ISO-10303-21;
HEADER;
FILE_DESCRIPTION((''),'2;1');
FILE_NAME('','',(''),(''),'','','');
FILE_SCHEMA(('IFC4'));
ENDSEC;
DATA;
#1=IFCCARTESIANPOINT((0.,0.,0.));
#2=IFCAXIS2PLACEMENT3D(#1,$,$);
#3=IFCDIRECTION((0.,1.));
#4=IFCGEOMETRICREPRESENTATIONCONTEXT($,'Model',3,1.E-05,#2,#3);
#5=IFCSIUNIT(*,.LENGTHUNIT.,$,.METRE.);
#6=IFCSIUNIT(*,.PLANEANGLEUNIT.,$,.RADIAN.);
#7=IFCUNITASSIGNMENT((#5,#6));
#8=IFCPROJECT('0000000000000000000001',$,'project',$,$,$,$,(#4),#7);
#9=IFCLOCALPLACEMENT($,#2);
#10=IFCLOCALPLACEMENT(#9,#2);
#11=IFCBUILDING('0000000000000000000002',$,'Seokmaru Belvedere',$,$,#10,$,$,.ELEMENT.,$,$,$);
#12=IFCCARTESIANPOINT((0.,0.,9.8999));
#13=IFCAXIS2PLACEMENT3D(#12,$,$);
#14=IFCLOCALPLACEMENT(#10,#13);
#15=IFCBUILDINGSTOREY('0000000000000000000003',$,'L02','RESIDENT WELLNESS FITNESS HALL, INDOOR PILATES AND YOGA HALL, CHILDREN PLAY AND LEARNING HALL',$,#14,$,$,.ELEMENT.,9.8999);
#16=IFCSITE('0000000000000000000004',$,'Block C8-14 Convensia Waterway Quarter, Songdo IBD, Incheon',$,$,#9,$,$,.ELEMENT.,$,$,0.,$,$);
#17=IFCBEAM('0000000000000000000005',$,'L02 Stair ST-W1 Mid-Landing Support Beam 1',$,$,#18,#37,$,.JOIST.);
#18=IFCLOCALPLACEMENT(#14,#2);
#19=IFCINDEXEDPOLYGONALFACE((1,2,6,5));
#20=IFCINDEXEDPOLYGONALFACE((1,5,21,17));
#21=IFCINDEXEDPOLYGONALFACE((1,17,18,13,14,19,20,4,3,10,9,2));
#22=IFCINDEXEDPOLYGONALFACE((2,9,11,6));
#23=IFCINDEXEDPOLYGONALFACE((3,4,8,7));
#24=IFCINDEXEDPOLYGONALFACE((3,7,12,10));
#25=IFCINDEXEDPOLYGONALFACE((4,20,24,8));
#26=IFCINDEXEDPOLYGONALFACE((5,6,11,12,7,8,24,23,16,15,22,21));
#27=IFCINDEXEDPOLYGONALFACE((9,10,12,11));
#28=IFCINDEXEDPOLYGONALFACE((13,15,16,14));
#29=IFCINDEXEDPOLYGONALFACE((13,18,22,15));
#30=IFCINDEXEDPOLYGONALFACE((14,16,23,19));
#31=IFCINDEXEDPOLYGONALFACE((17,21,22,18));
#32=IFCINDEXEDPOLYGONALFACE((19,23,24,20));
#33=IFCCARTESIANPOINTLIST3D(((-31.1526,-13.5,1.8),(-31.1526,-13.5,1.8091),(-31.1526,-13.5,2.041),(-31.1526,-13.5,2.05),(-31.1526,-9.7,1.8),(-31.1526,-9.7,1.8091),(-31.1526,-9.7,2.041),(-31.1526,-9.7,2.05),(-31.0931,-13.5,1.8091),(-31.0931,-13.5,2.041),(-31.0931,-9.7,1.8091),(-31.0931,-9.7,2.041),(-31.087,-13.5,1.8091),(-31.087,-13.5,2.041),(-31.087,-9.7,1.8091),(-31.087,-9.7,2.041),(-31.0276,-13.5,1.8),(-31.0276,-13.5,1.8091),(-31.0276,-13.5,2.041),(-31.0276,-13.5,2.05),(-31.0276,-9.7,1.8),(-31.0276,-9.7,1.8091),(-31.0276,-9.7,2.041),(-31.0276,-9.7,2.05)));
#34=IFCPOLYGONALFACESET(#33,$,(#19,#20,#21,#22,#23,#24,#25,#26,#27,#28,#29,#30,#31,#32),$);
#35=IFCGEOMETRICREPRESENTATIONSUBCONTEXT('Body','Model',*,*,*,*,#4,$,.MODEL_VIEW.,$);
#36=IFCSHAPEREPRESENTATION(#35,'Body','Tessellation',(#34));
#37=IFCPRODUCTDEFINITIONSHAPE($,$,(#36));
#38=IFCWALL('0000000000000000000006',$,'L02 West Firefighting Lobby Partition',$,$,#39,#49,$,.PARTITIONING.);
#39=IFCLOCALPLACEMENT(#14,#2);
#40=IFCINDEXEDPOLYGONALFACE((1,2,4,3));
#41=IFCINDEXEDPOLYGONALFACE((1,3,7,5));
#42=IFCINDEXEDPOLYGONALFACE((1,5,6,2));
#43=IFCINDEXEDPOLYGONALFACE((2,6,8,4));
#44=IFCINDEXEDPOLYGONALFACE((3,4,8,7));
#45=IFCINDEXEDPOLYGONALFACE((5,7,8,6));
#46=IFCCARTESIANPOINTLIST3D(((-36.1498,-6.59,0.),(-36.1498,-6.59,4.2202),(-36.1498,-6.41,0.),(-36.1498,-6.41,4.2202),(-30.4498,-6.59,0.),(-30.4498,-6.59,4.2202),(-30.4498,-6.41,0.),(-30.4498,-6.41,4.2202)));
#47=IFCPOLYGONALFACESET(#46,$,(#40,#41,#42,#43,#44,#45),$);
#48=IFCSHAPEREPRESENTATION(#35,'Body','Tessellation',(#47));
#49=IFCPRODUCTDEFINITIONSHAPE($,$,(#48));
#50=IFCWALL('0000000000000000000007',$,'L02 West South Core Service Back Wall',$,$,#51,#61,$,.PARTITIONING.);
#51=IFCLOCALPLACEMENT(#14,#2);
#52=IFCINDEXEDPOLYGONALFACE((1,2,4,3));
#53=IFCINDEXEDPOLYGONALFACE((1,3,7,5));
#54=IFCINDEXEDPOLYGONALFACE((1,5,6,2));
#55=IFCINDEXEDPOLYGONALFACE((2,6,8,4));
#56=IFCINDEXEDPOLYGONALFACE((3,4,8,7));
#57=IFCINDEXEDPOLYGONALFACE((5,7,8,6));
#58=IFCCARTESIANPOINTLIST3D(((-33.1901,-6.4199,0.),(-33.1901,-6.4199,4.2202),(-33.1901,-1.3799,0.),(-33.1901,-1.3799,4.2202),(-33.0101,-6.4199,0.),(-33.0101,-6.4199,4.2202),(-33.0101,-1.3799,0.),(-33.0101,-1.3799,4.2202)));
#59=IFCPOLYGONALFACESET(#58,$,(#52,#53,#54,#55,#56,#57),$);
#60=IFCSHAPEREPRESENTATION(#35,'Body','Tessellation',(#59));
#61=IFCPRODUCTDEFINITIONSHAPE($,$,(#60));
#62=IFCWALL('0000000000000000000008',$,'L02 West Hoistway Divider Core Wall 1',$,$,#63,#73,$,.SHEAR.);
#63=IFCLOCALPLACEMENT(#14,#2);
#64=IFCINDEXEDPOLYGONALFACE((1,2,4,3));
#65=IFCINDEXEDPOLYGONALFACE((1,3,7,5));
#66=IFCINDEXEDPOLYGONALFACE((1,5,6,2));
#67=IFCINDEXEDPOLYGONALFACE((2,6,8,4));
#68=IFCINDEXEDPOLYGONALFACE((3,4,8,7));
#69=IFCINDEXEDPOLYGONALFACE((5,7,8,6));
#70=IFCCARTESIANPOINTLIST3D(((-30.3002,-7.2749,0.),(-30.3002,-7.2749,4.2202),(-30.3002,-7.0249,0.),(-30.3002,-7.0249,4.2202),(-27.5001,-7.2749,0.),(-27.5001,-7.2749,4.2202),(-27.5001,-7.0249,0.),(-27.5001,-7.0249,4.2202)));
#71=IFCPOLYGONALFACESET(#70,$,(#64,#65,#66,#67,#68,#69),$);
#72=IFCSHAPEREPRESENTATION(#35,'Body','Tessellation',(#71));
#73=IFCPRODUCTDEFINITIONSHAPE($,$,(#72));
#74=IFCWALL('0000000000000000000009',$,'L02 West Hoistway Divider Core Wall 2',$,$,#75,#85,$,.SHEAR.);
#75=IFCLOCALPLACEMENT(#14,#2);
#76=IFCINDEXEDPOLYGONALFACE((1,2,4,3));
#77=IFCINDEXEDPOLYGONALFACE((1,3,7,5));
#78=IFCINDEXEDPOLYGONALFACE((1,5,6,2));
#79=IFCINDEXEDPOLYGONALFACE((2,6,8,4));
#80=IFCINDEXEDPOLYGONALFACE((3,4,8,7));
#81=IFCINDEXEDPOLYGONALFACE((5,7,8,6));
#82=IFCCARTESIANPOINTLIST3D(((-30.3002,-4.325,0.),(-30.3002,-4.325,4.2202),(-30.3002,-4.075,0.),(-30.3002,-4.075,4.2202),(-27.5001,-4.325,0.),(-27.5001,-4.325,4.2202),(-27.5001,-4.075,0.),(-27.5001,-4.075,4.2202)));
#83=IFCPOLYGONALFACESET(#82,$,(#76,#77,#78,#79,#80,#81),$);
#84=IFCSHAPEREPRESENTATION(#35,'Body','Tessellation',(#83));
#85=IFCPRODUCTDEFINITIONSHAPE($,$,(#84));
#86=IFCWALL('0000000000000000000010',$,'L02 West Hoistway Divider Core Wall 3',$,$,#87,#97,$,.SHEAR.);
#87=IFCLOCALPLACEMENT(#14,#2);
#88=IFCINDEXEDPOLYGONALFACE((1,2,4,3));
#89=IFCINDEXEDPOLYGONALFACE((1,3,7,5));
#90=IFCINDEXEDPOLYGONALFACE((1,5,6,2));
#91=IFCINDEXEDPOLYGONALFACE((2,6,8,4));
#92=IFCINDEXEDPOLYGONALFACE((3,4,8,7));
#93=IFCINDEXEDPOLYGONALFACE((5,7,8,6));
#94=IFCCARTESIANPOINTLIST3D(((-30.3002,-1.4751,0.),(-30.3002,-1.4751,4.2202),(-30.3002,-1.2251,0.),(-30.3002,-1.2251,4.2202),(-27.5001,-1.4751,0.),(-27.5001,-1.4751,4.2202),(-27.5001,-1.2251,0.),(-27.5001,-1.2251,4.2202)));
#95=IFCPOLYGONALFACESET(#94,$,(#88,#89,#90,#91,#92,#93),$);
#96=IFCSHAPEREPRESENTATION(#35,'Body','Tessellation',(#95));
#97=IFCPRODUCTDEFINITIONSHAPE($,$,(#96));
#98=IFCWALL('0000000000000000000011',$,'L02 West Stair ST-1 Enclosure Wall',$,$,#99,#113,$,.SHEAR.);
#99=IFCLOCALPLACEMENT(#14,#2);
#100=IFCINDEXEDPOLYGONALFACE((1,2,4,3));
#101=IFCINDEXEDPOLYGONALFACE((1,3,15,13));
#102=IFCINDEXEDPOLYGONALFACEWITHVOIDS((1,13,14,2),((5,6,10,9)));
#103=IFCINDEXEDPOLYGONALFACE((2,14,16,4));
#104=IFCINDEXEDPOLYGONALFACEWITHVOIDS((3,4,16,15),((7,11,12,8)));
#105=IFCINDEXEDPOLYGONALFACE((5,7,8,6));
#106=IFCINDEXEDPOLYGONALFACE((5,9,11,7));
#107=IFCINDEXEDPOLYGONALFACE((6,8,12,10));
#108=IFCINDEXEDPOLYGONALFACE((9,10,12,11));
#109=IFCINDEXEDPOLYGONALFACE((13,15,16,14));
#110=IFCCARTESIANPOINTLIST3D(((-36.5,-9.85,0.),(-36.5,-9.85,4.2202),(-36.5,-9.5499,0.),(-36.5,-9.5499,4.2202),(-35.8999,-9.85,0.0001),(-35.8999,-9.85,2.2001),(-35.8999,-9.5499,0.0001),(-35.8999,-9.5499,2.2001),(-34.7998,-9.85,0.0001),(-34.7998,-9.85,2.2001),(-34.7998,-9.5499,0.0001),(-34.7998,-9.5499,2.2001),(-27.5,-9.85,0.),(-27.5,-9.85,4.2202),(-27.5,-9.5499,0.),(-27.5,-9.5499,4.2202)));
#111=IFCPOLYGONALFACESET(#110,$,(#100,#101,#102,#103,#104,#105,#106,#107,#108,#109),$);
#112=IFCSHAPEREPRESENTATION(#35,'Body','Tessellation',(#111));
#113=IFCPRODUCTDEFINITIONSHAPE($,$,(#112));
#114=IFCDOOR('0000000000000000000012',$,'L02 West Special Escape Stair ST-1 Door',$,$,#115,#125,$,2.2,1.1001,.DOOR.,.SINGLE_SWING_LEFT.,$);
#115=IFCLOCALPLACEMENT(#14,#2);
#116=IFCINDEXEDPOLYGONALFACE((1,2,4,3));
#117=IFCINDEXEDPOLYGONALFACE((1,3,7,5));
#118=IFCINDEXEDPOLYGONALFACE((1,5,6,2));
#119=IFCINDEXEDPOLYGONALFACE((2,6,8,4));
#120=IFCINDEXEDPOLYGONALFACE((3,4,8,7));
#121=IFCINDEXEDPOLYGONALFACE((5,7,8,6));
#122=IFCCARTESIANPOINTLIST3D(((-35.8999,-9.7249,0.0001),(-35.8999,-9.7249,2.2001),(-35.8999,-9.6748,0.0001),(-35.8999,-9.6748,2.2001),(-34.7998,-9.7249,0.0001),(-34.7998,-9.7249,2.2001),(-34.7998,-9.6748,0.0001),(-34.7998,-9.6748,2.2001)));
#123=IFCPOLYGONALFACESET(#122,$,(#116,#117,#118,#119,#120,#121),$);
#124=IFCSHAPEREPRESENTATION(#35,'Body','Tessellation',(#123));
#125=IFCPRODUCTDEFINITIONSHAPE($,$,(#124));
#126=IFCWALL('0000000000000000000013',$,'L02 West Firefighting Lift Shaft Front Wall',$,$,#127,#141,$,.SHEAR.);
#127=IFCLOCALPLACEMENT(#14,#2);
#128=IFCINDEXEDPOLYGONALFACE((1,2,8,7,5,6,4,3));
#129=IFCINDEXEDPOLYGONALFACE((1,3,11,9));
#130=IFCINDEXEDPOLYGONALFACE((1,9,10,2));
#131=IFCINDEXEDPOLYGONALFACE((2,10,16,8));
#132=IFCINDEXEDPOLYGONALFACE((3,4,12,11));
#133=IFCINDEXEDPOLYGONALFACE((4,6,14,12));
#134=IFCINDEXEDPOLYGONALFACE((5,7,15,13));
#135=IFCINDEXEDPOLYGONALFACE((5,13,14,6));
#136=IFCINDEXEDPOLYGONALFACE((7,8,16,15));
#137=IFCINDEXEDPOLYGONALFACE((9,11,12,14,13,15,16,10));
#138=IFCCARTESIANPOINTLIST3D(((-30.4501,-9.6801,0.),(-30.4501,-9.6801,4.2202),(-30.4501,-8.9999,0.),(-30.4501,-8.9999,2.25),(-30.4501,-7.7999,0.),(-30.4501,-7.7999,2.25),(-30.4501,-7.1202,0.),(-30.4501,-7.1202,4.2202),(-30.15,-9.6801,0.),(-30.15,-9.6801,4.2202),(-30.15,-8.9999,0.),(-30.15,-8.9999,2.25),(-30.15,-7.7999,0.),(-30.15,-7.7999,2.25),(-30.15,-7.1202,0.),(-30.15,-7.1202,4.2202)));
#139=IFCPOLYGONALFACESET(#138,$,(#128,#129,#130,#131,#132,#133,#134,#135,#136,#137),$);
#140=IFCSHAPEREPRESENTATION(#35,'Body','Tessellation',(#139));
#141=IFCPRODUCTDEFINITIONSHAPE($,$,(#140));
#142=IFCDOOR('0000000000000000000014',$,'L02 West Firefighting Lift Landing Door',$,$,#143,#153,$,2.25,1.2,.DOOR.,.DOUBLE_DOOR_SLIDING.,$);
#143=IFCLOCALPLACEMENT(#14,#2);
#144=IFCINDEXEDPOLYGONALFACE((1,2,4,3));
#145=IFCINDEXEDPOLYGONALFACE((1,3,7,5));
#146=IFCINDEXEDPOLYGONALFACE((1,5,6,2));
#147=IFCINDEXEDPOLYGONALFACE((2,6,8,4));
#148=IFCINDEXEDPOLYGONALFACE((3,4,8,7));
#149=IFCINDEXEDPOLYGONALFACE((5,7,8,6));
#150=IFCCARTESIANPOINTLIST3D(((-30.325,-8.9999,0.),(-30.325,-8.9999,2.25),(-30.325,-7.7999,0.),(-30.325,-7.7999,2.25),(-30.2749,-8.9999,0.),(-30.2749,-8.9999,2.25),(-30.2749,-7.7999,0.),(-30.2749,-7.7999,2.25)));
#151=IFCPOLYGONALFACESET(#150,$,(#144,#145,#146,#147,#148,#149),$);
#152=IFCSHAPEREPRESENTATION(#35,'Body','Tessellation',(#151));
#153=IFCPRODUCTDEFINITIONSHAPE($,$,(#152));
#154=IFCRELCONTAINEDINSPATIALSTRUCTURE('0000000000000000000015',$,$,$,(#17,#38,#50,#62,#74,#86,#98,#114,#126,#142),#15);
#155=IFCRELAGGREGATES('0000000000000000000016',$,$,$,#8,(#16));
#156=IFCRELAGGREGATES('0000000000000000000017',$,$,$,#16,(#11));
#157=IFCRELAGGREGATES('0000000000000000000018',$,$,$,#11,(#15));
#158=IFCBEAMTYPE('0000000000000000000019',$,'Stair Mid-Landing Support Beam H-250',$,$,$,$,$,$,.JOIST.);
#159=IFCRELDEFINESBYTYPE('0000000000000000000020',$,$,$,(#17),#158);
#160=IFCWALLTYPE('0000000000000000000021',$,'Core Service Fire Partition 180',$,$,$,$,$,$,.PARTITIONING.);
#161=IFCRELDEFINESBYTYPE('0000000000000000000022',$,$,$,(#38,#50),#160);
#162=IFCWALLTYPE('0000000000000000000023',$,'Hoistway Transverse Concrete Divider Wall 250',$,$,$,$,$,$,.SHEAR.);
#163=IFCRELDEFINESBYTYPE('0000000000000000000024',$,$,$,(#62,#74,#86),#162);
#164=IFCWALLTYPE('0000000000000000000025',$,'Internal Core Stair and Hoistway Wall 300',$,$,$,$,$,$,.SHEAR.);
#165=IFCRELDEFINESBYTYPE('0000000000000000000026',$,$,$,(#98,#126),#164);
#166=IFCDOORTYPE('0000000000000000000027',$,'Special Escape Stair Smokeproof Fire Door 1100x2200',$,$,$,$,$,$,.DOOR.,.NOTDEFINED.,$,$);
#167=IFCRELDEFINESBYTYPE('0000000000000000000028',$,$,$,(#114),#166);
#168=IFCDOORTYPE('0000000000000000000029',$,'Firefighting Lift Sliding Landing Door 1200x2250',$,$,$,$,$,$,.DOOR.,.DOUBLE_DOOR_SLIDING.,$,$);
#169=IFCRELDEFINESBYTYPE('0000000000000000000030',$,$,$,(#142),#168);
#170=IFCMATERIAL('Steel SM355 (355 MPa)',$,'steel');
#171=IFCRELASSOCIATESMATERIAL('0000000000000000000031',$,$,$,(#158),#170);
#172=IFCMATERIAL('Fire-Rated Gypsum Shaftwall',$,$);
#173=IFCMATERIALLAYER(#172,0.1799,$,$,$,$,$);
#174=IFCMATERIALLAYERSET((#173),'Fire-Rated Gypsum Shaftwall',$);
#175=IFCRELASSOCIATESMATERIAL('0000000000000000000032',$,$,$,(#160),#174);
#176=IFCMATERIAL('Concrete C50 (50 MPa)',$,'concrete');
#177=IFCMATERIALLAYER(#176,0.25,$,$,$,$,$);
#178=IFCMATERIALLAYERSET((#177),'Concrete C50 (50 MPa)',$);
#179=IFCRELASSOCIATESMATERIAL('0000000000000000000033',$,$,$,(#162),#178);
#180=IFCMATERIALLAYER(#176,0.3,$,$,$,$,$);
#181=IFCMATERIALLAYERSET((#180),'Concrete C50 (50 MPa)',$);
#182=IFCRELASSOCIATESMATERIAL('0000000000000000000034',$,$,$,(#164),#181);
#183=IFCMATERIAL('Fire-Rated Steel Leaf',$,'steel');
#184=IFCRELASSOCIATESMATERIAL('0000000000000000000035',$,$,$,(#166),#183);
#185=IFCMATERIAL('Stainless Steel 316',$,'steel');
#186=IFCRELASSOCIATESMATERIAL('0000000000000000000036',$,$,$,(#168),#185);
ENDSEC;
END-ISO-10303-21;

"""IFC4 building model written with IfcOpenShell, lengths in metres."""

from ifc_helpers import new_model, si_unit, direction, frame, frame_2d, origin, origin_2d, place, context, subcontext, project, spatial, rectangle, i_section, extrude, source, transform, mapped, material, layer, layer_set, material_profile, profile_set, type_object, type_shapes, element, fill, save


model = new_model("IFC4")

# Units and contexts
model_context = context("Model", 3, precision=1e-05, world=origin(), true_north=direction((0.0, 1.0)))
body_context = subcontext(model_context, "Body", "Model", "MODEL_VIEW")
ifc_project = project(units=[si_unit("LENGTHUNIT", "METRE"), si_unit("PLANEANGLEUNIT", "RADIAN")], contexts=[model_context])

# Site, building, storey
site_placement = place(None, origin())
site = spatial("IfcSite", under=ifc_project, at=site_placement, Name="Block C8-14 Convensia Waterway Quarter, Songdo IBD, Incheon", CompositionType="ELEMENT", RefElevation=0.0)
building_placement = place(site_placement, origin())
building = spatial("IfcBuilding", under=site, at=building_placement, Name="Seokmaru Belvedere", CompositionType="ELEMENT")
storey_placement = place(building_placement, frame((0.0, 0.0, 9.8999)))
storey = spatial("IfcBuildingStorey", under=building, at=storey_placement, Name="L02", Description="RESIDENT WELLNESS FITNESS HALL, INDOOR PILATES AND YOGA HALL, CHILDREN PLAY AND LEARNING HALL", CompositionType="ELEMENT", Elevation=9.8999)

# Shared definitions
ifc_material_1 = material(Name="Steel SM355 (355 MPa)", Category="steel")
ifc_material_2 = material(Name="Concrete C50 (50 MPa)", Category="concrete")

# Beam
ifc_material_profile_1 = material_profile(ifc_material_1, i_section(OverallWidth=0.125, OverallDepth=0.25, WebThickness=0.0061, FlangeThickness=0.009, at=origin_2d()), Name="H-250x125x6x9")
ifc_profile_set_1 = profile_set([ifc_material_profile_1], Name="Steel SM355 (355 MPa)")
beam_type_1 = type_object("IfcBeamType", Name="Stair Mid-Landing Support Beam H-250", PredefinedType="JOIST", material=ifc_profile_set_1)
shared_shape_1 = source(origin(), body_context, "Body", "SweptSolid", [
    extrude(i_section(OverallWidth=0.125, OverallDepth=0.25, WebThickness=0.0061, FlangeThickness=0.009, at=origin_2d()), origin(), (0.0, 0.0, 1.0), 3.8),
])
type_shapes(beam_type_1, [shared_shape_1])
beam_1_placement = place(storey_placement, frame((-31.0901, -13.5, 1.925), z_axis=(0.0, 1.0, 0.0), x_axis=(-1.0, 0.0, 0.0)))
element("IfcBeam", 1, at=beam_1_placement, inside=storey, type_object=beam_type_1, Name="L02 Stair ST-W1 Mid-Landing Support Beam 1", PredefinedType="JOIST", context=body_context, shape_type="MappedRepresentation", body=[
    mapped(shared_shape_1, transform((0.0, 0.0, 0.0), scale=1.0)),
])

# Walls
ifc_material_3 = material(Name="Fire-Rated Gypsum Shaftwall")
ifc_layer_1 = layer(ifc_material_3, 0.1799)
ifc_layer_set_1 = layer_set([ifc_layer_1], Name="Fire-Rated Gypsum Shaftwall")
wall_type_1 = type_object("IfcWallType", Name="Core Service Fire Partition 180", PredefinedType="PARTITIONING", material=ifc_layer_set_1)
wall_1_placement = place(storey_placement, frame((-36.1499, -6.5, 0.0), z_axis=(0.0, 0.0, 1.0), x_axis=(1.0, 0.0, 0.0)))
element("IfcWall", 2, at=wall_1_placement, inside=storey, type_object=wall_type_1, Name="L02 West Firefighting Lobby Partition", PredefinedType="PARTITIONING", context=body_context, shape_type="SweptSolid", body=[
    extrude(rectangle(XDim=5.7, YDim=0.1799, at=frame_2d((2.8501, 0.0))), origin(), (0.0, 0.0, 1.0), 4.2202),
])
wall_2_placement = place(storey_placement, frame((-33.1001, -6.4199, 0.0), z_axis=(0.0, 0.0, 1.0), x_axis=(0.0, 1.0, 0.0)))
element("IfcWall", 3, at=wall_2_placement, inside=storey, type_object=wall_type_1, Name="L02 West South Core Service Back Wall", PredefinedType="PARTITIONING", context=body_context, shape_type="SweptSolid", body=[
    extrude(rectangle(XDim=5.04, YDim=0.1799, at=frame_2d((2.52, 0.0))), origin(), (0.0, 0.0, 1.0), 4.2202),
])
ifc_layer_2 = layer(ifc_material_2, 0.25)
ifc_layer_set_2 = layer_set([ifc_layer_2], Name="Concrete C50 (50 MPa)")
wall_type_2 = type_object("IfcWallType", Name="Hoistway Transverse Concrete Divider Wall 250", PredefinedType="SHEAR", material=ifc_layer_set_2)
for number, where, z_axis, x_axis, name in (
    (4, (-30.3, -7.1499, 0.0), (0.0, 0.0, 1.0), (1.0, 0.0, 0.0), "L02 West Hoistway Divider Core Wall 1"),
    (5, (-30.3, -4.2, 0.0), (0.0, 0.0, 1.0), (1.0, 0.0, 0.0), "L02 West Hoistway Divider Core Wall 2"),
    (6, (-30.3, -1.3501, 0.0), (0.0, 0.0, 1.0), (1.0, 0.0, 0.0), "L02 West Hoistway Divider Core Wall 3"),
):
    element("IfcWall", number, at=place(storey_placement, frame(where, z_axis=z_axis, x_axis=x_axis)), inside=storey, type_object=wall_type_2, Name=name, PredefinedType="SHEAR", context=body_context, shape_type="SweptSolid", body=[
        extrude(rectangle(XDim=2.8, YDim=0.25, at=frame_2d((1.3999, 0.0))), origin(), (0.0, 0.0, 1.0), 4.2202),
    ])

# Walls, openings, doors
ifc_layer_3 = layer(ifc_material_2, 0.3)
ifc_layer_set_3 = layer_set([ifc_layer_3], Name="Concrete C50 (50 MPa)")
wall_type_3 = type_object("IfcWallType", Name="Internal Core Stair and Hoistway Wall 300", PredefinedType="SHEAR", material=ifc_layer_set_3)
wall_3_placement = place(storey_placement, frame((-36.5, -9.7, 0.0), z_axis=(0.0, 0.0, 1.0), x_axis=(1.0, 0.0, 0.0)))
wall_3 = element("IfcWall", 7, at=wall_3_placement, inside=storey, type_object=wall_type_3, Name="L02 West Stair ST-1 Enclosure Wall", PredefinedType="SHEAR", context=body_context, shape_type="SweptSolid", body=[
    extrude(rectangle(XDim=9.0, YDim=0.3, at=frame_2d((4.5, 0.0))), origin(), (0.0, 0.0, 1.0), 4.2202),
])
opening_1_placement = place(wall_3_placement, frame((0.6001, 0.0, 0.0)))
opening_1 = element("IfcOpeningElement", 8, at=opening_1_placement, cuts=wall_3, PredefinedType="OPENING", context=body_context, shape_type="SweptSolid", body=[
    extrude(rectangle(XDim=1.1001, YDim=2.2, at=frame_2d((0.55, 1.1001))), frame((0.0, 0.1602, 0.0), z_axis=(0.0, -1.0, 0.0), x_axis=(1.0, 0.0, 0.0)), (0.0, 0.0, 1.0), 0.3201),
])
ifc_material_4 = material(Name="Fire-Rated Steel Leaf", Category="steel")
door_type_1 = type_object("IfcDoorType", Name="Special Escape Stair Smokeproof Fire Door 1100x2200", OperationType="NOTDEFINED", PredefinedType="DOOR", material=ifc_material_4)
shared_shape_2 = source(origin(), body_context, "Body", "SweptSolid", [
    extrude(rectangle(XDim=1.1001, YDim=2.2, at=frame_2d((0.55, 1.1001))), frame((0.0, 0.0249, 0.0), z_axis=(0.0, -1.0, 0.0), x_axis=(1.0, 0.0, 0.0)), (0.0, 0.0, 1.0), 0.05),
])
type_shapes(door_type_1, [shared_shape_2])
door_1_placement = place(opening_1_placement, frame((1.1001, 0.0, 0.0), z_axis=(0.0, 0.0, 1.0), x_axis=(-1.0, 0.0, 0.0)))
door_1 = element("IfcDoor", 9, at=door_1_placement, inside=storey, type_object=door_type_1, Name="L02 West Special Escape Stair ST-1 Door", OperationType="SINGLE_SWING_LEFT", OverallHeight=2.2, OverallWidth=1.1001, PredefinedType="DOOR", context=body_context, shape_type="MappedRepresentation", body=[
    mapped(shared_shape_2, transform((0.0, 0.0, 0.0), scale=1.0)),
])
fill(opening_1, door_1)
wall_4_placement = place(storey_placement, frame((-30.3, -9.6799, 0.0), z_axis=(0.0, 0.0, 1.0), x_axis=(0.0, 1.0, 0.0)))
wall_4 = element("IfcWall", 10, at=wall_4_placement, inside=storey, type_object=wall_type_3, Name="L02 West Firefighting Lift Shaft Front Wall", PredefinedType="SHEAR", context=body_context, shape_type="SweptSolid", body=[
    extrude(rectangle(XDim=2.5598, YDim=0.3, at=frame_2d((1.2798, 0.0))), origin(), (0.0, 0.0, 1.0), 4.2202),
])
opening_2_placement = place(wall_4_placement, frame((0.6799, 0.0, 0.0)))
opening_2 = element("IfcOpeningElement", 11, at=opening_2_placement, cuts=wall_4, PredefinedType="OPENING", context=body_context, shape_type="SweptSolid", body=[
    extrude(rectangle(XDim=1.2, YDim=2.25, at=frame_2d((0.6001, 1.125))), frame((0.0, 0.1602, 0.0), z_axis=(0.0, -1.0, 0.0), x_axis=(1.0, 0.0, 0.0)), (0.0, 0.0, 1.0), 0.3201),
])
ifc_material_5 = material(Name="Stainless Steel 316", Category="steel")
door_type_2 = type_object("IfcDoorType", Name="Firefighting Lift Sliding Landing Door 1200x2250", OperationType="DOUBLE_DOOR_SLIDING", PredefinedType="DOOR", material=ifc_material_5)
shared_shape_3 = source(origin(), body_context, "Body", "SweptSolid", [
    extrude(rectangle(XDim=1.2, YDim=2.25, at=frame_2d((0.6001, 1.125))), frame((0.0, 0.0249, 0.0), z_axis=(0.0, -1.0, 0.0), x_axis=(1.0, 0.0, 0.0)), (0.0, 0.0, 1.0), 0.05),
])
type_shapes(door_type_2, [shared_shape_3])
door_2_placement = place(opening_2_placement, origin())
door_2 = element("IfcDoor", 12, at=door_2_placement, inside=storey, type_object=door_type_2, Name="L02 West Firefighting Lift Landing Door", OperationType="DOUBLE_DOOR_SLIDING", OverallHeight=2.25, OverallWidth=1.2, PredefinedType="DOOR", context=body_context, shape_type="MappedRepresentation", body=[
    mapped(shared_shape_3, transform((0.0, 0.0, 0.0), scale=1.0)),
])
fill(opening_2, door_2)

save(model, "model.ifc")
